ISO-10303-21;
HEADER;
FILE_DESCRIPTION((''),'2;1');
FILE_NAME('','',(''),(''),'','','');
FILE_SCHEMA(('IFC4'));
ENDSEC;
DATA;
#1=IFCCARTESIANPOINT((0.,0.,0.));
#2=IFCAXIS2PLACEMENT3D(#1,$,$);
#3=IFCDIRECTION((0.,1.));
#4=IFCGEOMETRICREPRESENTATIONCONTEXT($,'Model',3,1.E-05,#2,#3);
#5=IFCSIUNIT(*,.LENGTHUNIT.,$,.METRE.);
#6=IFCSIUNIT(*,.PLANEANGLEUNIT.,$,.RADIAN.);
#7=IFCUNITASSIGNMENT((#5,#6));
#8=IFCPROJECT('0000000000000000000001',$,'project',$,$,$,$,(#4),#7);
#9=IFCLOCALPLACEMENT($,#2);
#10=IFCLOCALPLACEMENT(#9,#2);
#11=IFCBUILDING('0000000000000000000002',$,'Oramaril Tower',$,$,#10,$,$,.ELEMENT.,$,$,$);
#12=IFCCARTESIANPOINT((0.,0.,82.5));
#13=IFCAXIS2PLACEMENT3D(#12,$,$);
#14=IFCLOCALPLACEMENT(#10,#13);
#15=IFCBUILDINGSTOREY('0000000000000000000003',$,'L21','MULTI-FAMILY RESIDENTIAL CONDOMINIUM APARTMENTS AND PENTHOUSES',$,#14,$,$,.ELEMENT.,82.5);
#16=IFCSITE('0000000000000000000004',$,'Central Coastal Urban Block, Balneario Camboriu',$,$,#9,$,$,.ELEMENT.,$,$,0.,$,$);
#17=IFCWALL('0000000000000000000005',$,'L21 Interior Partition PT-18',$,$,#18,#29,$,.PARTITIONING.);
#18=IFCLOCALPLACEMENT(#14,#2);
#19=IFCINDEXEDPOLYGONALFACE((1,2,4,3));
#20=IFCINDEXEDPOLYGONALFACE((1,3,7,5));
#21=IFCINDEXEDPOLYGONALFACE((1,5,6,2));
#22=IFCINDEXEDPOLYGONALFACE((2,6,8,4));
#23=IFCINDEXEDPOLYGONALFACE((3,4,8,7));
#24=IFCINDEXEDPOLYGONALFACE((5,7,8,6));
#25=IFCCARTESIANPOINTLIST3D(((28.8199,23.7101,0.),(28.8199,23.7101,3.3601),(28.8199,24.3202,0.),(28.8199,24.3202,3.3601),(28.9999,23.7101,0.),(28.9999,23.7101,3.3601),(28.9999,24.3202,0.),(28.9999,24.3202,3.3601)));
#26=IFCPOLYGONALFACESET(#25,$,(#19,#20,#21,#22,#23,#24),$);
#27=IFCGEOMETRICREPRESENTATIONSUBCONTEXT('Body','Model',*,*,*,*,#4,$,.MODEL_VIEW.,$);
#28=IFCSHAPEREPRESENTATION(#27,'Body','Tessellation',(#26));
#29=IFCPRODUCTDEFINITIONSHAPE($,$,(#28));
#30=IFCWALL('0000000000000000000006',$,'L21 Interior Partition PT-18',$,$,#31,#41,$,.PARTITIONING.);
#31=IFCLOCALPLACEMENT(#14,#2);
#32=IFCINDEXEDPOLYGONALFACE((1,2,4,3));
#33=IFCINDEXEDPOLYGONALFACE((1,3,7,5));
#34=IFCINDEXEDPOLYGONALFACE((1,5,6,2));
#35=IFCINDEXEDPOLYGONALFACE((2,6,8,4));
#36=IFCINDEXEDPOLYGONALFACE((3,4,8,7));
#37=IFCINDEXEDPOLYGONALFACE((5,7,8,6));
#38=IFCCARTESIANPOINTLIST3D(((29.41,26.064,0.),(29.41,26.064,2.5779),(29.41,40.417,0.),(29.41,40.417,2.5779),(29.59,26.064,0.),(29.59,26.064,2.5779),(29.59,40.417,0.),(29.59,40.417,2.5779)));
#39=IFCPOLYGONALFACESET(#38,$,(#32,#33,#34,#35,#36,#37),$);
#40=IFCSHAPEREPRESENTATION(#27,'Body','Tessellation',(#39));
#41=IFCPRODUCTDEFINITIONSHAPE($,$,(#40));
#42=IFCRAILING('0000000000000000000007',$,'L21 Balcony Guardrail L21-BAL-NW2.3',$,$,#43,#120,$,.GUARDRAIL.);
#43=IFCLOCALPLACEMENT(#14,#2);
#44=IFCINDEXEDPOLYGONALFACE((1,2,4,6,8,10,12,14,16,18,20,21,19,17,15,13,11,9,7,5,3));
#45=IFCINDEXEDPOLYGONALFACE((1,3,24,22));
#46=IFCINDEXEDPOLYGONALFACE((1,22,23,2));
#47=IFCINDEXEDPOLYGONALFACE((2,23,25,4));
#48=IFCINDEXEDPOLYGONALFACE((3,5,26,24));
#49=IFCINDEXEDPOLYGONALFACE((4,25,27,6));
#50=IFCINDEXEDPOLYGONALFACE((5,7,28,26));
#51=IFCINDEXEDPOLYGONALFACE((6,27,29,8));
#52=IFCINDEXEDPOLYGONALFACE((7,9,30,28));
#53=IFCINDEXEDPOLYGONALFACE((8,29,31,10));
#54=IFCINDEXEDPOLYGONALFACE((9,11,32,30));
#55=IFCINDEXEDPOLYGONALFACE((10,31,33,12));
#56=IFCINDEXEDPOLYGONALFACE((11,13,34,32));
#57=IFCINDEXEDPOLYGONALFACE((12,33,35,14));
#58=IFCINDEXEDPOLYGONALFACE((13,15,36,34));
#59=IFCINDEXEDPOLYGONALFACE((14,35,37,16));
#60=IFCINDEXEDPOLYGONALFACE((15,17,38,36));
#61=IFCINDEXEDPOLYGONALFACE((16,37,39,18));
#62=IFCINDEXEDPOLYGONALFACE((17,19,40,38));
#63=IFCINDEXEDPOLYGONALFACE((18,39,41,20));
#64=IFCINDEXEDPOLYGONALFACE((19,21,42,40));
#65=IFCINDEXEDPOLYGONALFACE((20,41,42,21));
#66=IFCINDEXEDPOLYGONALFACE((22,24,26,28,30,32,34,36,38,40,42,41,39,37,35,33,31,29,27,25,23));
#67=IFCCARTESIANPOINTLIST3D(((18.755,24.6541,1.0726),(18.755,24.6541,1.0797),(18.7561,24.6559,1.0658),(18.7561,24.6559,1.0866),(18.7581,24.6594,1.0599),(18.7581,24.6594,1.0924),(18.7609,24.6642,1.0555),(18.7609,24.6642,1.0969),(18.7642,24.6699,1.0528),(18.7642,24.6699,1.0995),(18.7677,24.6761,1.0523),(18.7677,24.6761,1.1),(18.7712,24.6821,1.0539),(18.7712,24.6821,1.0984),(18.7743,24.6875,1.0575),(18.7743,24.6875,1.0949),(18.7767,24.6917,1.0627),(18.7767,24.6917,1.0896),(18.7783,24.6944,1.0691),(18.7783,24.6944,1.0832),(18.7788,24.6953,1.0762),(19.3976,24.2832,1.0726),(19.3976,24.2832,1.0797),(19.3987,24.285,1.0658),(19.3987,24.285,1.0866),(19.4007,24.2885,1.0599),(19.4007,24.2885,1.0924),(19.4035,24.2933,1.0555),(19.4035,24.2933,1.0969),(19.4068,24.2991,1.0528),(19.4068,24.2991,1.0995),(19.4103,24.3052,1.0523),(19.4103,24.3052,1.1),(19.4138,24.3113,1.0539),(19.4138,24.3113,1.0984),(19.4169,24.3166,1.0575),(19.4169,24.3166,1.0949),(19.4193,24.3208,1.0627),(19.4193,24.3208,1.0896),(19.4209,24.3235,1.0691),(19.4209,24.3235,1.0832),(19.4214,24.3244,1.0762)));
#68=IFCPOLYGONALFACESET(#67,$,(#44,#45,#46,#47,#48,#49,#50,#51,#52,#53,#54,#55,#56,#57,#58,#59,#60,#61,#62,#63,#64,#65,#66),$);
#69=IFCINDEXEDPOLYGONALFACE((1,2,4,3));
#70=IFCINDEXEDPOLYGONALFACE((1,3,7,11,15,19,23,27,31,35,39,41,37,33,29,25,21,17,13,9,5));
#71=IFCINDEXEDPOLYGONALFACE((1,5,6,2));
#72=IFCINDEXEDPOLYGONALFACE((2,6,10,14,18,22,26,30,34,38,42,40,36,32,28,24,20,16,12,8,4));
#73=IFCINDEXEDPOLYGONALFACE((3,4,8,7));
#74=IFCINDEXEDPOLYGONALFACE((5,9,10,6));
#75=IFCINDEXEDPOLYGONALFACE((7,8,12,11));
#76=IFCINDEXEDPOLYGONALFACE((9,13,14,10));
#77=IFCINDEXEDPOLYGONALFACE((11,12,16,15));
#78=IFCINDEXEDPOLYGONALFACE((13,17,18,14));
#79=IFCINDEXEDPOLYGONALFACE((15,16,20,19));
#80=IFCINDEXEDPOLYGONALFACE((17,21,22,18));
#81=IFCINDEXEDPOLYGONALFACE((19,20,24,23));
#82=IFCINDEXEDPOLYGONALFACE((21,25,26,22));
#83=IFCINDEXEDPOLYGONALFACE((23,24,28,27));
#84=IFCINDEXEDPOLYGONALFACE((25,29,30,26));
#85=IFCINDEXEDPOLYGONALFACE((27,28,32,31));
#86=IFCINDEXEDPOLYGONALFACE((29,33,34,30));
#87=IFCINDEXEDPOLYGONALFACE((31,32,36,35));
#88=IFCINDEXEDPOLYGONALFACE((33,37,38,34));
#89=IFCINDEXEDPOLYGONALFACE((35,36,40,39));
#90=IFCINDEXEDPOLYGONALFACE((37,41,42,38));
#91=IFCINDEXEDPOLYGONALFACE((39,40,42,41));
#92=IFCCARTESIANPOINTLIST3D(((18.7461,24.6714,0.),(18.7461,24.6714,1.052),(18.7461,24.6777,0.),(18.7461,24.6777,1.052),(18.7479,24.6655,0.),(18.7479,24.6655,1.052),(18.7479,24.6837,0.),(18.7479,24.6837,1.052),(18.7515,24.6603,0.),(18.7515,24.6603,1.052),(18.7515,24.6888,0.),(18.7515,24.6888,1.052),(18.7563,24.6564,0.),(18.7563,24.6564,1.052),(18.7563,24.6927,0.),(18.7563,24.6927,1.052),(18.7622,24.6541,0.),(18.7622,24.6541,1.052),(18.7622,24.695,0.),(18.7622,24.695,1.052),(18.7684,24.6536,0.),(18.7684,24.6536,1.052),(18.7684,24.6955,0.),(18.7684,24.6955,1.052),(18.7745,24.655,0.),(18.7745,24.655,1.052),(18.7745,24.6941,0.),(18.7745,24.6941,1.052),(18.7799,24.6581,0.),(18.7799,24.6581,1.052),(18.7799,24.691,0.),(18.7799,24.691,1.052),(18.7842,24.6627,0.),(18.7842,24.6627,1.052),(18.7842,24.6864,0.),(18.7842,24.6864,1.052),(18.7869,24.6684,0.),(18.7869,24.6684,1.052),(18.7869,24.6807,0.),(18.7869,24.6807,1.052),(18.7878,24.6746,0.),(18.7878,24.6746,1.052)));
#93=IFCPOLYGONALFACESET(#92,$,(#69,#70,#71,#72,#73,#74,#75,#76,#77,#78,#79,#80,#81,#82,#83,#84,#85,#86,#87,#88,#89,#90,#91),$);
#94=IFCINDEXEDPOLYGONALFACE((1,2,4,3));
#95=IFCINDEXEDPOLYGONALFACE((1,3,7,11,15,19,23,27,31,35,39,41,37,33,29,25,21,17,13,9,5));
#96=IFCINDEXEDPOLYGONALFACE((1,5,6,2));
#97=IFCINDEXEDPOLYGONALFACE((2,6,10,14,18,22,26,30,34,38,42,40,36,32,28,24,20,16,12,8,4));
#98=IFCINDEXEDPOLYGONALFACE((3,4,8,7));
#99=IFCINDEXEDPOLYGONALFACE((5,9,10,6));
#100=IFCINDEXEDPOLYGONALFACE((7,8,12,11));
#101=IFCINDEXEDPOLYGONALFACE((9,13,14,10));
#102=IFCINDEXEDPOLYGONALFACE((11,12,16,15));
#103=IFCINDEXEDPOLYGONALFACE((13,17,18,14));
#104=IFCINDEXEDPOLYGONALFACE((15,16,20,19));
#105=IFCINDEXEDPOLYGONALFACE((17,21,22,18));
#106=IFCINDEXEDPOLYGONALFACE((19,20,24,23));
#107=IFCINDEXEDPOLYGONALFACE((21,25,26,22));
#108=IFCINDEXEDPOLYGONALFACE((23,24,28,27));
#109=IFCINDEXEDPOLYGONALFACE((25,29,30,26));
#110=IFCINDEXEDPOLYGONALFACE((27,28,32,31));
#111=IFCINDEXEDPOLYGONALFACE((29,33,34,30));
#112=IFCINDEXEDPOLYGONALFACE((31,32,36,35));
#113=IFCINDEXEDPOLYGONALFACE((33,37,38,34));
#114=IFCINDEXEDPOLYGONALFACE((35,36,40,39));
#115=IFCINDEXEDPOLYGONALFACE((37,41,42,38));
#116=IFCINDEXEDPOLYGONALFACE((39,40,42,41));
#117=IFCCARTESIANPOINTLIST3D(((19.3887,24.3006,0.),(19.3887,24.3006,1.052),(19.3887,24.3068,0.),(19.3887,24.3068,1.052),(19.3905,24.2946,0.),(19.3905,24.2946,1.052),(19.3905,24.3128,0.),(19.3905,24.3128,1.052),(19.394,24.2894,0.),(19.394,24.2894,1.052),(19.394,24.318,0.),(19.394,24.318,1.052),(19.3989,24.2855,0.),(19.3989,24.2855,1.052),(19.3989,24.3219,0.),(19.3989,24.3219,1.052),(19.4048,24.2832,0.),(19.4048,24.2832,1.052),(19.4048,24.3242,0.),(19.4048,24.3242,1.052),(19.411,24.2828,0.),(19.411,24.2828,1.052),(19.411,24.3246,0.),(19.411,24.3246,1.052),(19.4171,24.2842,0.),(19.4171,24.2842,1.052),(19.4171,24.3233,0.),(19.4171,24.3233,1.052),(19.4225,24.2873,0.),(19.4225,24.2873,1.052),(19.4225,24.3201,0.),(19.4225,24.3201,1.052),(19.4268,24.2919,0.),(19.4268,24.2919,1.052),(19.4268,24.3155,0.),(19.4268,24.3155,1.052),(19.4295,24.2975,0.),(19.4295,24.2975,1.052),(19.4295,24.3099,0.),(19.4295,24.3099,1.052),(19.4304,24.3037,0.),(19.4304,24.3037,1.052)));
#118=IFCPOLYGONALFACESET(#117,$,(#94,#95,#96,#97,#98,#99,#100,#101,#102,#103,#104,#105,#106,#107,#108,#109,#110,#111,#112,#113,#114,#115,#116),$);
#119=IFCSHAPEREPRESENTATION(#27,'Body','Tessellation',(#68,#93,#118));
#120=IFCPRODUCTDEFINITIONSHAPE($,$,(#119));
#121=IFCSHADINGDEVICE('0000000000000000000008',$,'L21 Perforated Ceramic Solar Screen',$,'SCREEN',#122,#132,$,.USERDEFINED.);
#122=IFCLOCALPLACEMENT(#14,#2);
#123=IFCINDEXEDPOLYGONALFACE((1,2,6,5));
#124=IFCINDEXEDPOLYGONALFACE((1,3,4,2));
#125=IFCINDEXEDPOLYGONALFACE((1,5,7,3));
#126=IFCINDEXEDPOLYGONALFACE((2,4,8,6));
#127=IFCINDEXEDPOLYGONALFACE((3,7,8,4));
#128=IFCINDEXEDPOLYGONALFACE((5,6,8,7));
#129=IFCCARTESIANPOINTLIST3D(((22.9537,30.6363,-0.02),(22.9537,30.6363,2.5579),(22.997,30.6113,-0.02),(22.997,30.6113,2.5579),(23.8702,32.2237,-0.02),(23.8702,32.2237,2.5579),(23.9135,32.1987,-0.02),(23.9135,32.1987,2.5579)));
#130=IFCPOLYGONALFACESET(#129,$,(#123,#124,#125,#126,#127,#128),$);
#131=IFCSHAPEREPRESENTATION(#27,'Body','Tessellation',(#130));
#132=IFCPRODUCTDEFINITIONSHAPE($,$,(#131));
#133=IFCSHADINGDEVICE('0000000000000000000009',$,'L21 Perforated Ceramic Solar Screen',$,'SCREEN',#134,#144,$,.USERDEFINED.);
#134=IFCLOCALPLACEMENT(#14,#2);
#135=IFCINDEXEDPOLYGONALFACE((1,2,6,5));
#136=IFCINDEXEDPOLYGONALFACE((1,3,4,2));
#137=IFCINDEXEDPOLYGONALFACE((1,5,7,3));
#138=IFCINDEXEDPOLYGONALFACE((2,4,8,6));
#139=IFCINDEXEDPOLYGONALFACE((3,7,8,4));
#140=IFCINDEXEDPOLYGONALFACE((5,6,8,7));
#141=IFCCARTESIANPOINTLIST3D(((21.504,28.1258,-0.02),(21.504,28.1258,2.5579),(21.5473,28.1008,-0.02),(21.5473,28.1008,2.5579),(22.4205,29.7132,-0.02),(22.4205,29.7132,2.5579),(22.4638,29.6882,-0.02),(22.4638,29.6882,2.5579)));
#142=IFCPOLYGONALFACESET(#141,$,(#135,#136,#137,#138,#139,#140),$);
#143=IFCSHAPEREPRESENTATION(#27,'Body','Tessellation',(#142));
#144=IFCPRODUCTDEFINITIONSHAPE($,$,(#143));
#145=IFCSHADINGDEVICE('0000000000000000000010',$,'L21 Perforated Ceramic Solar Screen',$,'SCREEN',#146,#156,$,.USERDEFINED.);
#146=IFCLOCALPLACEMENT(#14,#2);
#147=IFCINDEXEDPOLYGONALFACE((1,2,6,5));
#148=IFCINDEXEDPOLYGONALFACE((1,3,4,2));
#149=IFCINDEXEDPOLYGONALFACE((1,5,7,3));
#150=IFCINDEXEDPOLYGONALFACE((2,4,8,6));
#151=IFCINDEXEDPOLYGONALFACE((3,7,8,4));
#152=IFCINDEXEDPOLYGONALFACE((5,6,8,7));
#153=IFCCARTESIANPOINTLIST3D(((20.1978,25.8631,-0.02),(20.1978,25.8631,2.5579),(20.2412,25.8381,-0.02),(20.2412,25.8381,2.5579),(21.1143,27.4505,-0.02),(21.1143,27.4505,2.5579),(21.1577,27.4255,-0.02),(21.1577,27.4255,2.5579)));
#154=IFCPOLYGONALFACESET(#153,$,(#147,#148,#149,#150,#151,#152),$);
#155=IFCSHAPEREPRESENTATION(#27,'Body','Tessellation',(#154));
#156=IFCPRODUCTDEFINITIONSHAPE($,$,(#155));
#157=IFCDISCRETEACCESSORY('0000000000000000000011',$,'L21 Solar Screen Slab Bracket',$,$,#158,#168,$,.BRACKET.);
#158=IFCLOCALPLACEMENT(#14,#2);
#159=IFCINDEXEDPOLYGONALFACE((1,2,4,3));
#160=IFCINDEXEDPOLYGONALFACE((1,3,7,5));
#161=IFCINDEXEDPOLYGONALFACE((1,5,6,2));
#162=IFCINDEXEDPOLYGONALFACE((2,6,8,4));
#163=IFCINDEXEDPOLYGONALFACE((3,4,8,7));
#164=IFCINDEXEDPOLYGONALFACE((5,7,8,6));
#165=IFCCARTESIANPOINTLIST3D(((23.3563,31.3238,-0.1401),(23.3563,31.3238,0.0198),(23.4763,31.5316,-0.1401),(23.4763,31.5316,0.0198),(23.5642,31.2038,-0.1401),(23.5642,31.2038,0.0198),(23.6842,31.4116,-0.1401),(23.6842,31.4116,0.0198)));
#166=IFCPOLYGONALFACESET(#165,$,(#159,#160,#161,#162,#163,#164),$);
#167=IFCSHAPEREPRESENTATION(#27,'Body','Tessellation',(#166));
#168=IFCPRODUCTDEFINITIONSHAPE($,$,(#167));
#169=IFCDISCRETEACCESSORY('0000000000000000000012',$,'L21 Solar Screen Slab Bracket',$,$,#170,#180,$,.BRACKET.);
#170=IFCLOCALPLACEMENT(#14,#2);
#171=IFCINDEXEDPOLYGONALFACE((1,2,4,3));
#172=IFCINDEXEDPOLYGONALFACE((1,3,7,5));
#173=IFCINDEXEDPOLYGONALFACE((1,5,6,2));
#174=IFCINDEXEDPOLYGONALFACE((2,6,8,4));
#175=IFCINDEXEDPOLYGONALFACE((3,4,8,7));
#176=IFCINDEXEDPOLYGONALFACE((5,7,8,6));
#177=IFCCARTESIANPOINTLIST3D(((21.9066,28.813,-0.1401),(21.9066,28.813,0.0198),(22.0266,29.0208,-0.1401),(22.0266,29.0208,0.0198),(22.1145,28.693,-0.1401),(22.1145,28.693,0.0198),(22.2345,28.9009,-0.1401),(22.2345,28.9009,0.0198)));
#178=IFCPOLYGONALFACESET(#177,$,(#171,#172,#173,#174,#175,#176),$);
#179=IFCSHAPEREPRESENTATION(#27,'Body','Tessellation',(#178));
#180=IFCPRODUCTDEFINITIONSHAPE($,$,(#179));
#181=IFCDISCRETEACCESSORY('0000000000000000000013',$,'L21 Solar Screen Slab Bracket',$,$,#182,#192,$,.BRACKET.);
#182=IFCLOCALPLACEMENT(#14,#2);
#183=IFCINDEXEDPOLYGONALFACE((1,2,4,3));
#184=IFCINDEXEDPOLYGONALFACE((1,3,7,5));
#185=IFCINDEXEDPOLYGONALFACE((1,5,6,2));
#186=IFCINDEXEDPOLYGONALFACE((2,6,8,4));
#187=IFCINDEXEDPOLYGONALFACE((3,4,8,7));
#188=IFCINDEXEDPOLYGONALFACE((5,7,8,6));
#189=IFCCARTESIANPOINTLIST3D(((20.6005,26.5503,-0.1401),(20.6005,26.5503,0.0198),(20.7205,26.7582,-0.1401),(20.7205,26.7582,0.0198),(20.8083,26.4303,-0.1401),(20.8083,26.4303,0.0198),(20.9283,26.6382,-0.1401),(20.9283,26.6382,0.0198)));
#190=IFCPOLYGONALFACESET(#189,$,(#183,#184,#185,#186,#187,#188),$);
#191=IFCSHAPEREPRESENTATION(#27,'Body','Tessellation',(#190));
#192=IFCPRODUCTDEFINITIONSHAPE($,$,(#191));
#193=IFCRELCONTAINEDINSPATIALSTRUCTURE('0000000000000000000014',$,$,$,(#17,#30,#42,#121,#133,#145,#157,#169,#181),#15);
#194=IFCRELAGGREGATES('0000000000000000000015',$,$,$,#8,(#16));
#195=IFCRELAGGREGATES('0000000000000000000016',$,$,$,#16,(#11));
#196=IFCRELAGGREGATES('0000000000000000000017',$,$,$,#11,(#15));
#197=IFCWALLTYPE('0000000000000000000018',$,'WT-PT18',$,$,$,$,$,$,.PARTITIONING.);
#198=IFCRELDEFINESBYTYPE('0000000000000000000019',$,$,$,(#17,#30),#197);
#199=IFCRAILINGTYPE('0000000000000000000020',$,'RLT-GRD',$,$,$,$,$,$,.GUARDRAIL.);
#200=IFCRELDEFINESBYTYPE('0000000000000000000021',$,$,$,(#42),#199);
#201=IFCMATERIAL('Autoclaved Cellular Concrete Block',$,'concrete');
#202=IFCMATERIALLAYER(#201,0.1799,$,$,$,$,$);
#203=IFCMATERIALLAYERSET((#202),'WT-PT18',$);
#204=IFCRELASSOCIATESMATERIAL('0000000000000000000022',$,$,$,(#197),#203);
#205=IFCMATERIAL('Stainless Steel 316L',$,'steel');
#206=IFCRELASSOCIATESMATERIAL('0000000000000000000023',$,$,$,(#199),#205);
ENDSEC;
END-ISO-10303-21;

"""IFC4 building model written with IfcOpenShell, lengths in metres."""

from ifc_helpers import new_model, si_unit, direction, frame, frame_2d, origin, origin_2d, place, context, subcontext, project, spatial, rectangle, circle, extrude, material, layer, layer_set, type_object, element, save


model = new_model("IFC4")

# Units and contexts
model_context = context("Model", 3, precision=1e-05, world=origin(), true_north=direction((0.0, 1.0)))
body_context = subcontext(model_context, "Body", "Model", "MODEL_VIEW")
ifc_project = project(units=[si_unit("LENGTHUNIT", "METRE"), si_unit("PLANEANGLEUNIT", "RADIAN")], contexts=[model_context])

# Site, building, storey
site_placement = place(None, origin())
site = spatial("IfcSite", under=ifc_project, at=site_placement, Name="Central Coastal Urban Block, Balneario Camboriu", CompositionType="ELEMENT", RefElevation=0.0)
building_placement = place(site_placement, origin())
building = spatial("IfcBuilding", under=site, at=building_placement, Name="Oramaril Tower", CompositionType="ELEMENT")
storey_placement = place(building_placement, frame((0.0, 0.0, 82.5)))
storey = spatial("IfcBuildingStorey", under=building, at=storey_placement, Name="L21", Description="MULTI-FAMILY RESIDENTIAL CONDOMINIUM APARTMENTS AND PENTHOUSES", CompositionType="ELEMENT", Elevation=82.5)

# Shared definitions
ifc_material_1 = material(Name="Autoclaved Cellular Concrete Block", Category="concrete")
ifc_layer_1 = layer(ifc_material_1, 0.1799)
ifc_layer_set_1 = layer_set([ifc_layer_1], Name="WT-PT18")
wall_type_1 = type_object("IfcWallType", Name="WT-PT18", PredefinedType="PARTITIONING", material=ifc_layer_set_1)

# Walls
wall_1_placement = place(storey_placement, frame((28.9099, 23.71, 0.0), z_axis=(0.0, 0.0, 1.0), x_axis=(0.0, 1.0, 0.0)))
element("IfcWall", 1, at=wall_1_placement, inside=storey, type_object=wall_type_1, Name="L21 Interior Partition PT-18", PredefinedType="PARTITIONING", context=body_context, shape_type="SweptSolid", body=[
    extrude(rectangle(XDim=0.6101, YDim=0.1799, at=frame_2d((0.3052, 0.0))), origin(), (0.0, 0.0, 1.0), 3.3601),
])
wall_2_placement = place(storey_placement, frame((29.5, 26.064, 0.0), z_axis=(0.0, 0.0, 1.0), x_axis=(0.0, 1.0, 0.0)))
element("IfcWall", 2, at=wall_2_placement, inside=storey, type_object=wall_type_1, Name="L21 Interior Partition PT-18", PredefinedType="PARTITIONING", context=body_context, shape_type="SweptSolid", body=[
    extrude(rectangle(XDim=14.353, YDim=0.1799, at=frame_2d((7.1765, 0.0))), origin(), (0.0, 0.0, 1.0), 2.5779),
])

# Railing
ifc_material_2 = material(Name="Stainless Steel 316L", Category="steel")
railing_type = type_object("IfcRailingType", Name="RLT-GRD", PredefinedType="GUARDRAIL", material=ifc_material_2)
railing_placement = place(storey_placement, frame((18.7668, 24.6746, 0.0)))
element("IfcRailing", 3, at=railing_placement, inside=storey, type_object=railing_type, Name="L21 Balcony Guardrail L21-BAL-NW2.3", PredefinedType="GUARDRAIL", context=body_context, shape_type="SweptSolid", body=[
    extrude(circle(Radius=0.0239, at=origin_2d()), frame((0.0, 0.0, 1.0762), z_axis=(0.866109, -0.499855, 0.0), x_axis=(0.499855, 0.866109, 0.0)), (0.0, 0.0, 1.0), 0.7419),
    extrude(circle(Radius=0.021, at=origin_2d()), origin(), (0.0, 0.0, 1.0), 1.052),
    extrude(circle(Radius=0.021, at=origin_2d()), frame((0.6426, -0.3708, 0.0)), (0.0, 0.0, 1.0), 1.052),
])

# Shading devices
for number, where, z_axis, x_axis, name in (
    (4, (23.4336, 31.4175, -0.02), (0.0, 0.0, 1.0), (-0.5, -0.866025, 0.0), "L21 Perforated Ceramic Solar Screen"),
    (5, (21.9839, 28.907, -0.02), (0.0, 0.0, 1.0), (-0.5, -0.866025, 0.0), "L21 Perforated Ceramic Solar Screen"),
    (6, (20.6777, 26.6443, -0.02), (0.0, 0.0, 1.0), (-0.5, -0.866025, 0.0), "L21 Perforated Ceramic Solar Screen"),
):
    element("IfcShadingDevice", number, at=place(storey_placement, frame(where, z_axis=z_axis, x_axis=x_axis)), inside=storey, Name=name, ObjectType="SCREEN", PredefinedType="USERDEFINED", context=body_context, shape_type="SweptSolid", body=[
        extrude(rectangle(XDim=1.833, YDim=0.05, at=origin_2d()), origin(), (0.0, 0.0, 1.0), 2.5779),
    ])

# Discrete accessories
for number, where, z_axis, x_axis, name in (
    (7, (23.5203, 31.3677, -0.1401), (0.0, 0.0, 1.0), (-0.5, -0.866025, 0.0), "L21 Solar Screen Slab Bracket"),
    (8, (22.0706, 28.8569, -0.1401), (0.0, 0.0, 1.0), (-0.5, -0.866025, 0.0), "L21 Solar Screen Slab Bracket"),
    (9, (20.7644, 26.5942, -0.1401), (0.0, 0.0, 1.0), (-0.5, -0.866025, 0.0), "L21 Solar Screen Slab Bracket"),
):
    element("IfcDiscreteAccessory", number, at=place(storey_placement, frame(where, z_axis=z_axis, x_axis=x_axis)), inside=storey, Name=name, PredefinedType="BRACKET", context=body_context, shape_type="SweptSolid", body=[
        extrude(rectangle(XDim=0.24, YDim=0.24, at=origin_2d()), origin(), (0.0, 0.0, 1.0), 0.1599),
    ])

save(model, "model.ifc")
